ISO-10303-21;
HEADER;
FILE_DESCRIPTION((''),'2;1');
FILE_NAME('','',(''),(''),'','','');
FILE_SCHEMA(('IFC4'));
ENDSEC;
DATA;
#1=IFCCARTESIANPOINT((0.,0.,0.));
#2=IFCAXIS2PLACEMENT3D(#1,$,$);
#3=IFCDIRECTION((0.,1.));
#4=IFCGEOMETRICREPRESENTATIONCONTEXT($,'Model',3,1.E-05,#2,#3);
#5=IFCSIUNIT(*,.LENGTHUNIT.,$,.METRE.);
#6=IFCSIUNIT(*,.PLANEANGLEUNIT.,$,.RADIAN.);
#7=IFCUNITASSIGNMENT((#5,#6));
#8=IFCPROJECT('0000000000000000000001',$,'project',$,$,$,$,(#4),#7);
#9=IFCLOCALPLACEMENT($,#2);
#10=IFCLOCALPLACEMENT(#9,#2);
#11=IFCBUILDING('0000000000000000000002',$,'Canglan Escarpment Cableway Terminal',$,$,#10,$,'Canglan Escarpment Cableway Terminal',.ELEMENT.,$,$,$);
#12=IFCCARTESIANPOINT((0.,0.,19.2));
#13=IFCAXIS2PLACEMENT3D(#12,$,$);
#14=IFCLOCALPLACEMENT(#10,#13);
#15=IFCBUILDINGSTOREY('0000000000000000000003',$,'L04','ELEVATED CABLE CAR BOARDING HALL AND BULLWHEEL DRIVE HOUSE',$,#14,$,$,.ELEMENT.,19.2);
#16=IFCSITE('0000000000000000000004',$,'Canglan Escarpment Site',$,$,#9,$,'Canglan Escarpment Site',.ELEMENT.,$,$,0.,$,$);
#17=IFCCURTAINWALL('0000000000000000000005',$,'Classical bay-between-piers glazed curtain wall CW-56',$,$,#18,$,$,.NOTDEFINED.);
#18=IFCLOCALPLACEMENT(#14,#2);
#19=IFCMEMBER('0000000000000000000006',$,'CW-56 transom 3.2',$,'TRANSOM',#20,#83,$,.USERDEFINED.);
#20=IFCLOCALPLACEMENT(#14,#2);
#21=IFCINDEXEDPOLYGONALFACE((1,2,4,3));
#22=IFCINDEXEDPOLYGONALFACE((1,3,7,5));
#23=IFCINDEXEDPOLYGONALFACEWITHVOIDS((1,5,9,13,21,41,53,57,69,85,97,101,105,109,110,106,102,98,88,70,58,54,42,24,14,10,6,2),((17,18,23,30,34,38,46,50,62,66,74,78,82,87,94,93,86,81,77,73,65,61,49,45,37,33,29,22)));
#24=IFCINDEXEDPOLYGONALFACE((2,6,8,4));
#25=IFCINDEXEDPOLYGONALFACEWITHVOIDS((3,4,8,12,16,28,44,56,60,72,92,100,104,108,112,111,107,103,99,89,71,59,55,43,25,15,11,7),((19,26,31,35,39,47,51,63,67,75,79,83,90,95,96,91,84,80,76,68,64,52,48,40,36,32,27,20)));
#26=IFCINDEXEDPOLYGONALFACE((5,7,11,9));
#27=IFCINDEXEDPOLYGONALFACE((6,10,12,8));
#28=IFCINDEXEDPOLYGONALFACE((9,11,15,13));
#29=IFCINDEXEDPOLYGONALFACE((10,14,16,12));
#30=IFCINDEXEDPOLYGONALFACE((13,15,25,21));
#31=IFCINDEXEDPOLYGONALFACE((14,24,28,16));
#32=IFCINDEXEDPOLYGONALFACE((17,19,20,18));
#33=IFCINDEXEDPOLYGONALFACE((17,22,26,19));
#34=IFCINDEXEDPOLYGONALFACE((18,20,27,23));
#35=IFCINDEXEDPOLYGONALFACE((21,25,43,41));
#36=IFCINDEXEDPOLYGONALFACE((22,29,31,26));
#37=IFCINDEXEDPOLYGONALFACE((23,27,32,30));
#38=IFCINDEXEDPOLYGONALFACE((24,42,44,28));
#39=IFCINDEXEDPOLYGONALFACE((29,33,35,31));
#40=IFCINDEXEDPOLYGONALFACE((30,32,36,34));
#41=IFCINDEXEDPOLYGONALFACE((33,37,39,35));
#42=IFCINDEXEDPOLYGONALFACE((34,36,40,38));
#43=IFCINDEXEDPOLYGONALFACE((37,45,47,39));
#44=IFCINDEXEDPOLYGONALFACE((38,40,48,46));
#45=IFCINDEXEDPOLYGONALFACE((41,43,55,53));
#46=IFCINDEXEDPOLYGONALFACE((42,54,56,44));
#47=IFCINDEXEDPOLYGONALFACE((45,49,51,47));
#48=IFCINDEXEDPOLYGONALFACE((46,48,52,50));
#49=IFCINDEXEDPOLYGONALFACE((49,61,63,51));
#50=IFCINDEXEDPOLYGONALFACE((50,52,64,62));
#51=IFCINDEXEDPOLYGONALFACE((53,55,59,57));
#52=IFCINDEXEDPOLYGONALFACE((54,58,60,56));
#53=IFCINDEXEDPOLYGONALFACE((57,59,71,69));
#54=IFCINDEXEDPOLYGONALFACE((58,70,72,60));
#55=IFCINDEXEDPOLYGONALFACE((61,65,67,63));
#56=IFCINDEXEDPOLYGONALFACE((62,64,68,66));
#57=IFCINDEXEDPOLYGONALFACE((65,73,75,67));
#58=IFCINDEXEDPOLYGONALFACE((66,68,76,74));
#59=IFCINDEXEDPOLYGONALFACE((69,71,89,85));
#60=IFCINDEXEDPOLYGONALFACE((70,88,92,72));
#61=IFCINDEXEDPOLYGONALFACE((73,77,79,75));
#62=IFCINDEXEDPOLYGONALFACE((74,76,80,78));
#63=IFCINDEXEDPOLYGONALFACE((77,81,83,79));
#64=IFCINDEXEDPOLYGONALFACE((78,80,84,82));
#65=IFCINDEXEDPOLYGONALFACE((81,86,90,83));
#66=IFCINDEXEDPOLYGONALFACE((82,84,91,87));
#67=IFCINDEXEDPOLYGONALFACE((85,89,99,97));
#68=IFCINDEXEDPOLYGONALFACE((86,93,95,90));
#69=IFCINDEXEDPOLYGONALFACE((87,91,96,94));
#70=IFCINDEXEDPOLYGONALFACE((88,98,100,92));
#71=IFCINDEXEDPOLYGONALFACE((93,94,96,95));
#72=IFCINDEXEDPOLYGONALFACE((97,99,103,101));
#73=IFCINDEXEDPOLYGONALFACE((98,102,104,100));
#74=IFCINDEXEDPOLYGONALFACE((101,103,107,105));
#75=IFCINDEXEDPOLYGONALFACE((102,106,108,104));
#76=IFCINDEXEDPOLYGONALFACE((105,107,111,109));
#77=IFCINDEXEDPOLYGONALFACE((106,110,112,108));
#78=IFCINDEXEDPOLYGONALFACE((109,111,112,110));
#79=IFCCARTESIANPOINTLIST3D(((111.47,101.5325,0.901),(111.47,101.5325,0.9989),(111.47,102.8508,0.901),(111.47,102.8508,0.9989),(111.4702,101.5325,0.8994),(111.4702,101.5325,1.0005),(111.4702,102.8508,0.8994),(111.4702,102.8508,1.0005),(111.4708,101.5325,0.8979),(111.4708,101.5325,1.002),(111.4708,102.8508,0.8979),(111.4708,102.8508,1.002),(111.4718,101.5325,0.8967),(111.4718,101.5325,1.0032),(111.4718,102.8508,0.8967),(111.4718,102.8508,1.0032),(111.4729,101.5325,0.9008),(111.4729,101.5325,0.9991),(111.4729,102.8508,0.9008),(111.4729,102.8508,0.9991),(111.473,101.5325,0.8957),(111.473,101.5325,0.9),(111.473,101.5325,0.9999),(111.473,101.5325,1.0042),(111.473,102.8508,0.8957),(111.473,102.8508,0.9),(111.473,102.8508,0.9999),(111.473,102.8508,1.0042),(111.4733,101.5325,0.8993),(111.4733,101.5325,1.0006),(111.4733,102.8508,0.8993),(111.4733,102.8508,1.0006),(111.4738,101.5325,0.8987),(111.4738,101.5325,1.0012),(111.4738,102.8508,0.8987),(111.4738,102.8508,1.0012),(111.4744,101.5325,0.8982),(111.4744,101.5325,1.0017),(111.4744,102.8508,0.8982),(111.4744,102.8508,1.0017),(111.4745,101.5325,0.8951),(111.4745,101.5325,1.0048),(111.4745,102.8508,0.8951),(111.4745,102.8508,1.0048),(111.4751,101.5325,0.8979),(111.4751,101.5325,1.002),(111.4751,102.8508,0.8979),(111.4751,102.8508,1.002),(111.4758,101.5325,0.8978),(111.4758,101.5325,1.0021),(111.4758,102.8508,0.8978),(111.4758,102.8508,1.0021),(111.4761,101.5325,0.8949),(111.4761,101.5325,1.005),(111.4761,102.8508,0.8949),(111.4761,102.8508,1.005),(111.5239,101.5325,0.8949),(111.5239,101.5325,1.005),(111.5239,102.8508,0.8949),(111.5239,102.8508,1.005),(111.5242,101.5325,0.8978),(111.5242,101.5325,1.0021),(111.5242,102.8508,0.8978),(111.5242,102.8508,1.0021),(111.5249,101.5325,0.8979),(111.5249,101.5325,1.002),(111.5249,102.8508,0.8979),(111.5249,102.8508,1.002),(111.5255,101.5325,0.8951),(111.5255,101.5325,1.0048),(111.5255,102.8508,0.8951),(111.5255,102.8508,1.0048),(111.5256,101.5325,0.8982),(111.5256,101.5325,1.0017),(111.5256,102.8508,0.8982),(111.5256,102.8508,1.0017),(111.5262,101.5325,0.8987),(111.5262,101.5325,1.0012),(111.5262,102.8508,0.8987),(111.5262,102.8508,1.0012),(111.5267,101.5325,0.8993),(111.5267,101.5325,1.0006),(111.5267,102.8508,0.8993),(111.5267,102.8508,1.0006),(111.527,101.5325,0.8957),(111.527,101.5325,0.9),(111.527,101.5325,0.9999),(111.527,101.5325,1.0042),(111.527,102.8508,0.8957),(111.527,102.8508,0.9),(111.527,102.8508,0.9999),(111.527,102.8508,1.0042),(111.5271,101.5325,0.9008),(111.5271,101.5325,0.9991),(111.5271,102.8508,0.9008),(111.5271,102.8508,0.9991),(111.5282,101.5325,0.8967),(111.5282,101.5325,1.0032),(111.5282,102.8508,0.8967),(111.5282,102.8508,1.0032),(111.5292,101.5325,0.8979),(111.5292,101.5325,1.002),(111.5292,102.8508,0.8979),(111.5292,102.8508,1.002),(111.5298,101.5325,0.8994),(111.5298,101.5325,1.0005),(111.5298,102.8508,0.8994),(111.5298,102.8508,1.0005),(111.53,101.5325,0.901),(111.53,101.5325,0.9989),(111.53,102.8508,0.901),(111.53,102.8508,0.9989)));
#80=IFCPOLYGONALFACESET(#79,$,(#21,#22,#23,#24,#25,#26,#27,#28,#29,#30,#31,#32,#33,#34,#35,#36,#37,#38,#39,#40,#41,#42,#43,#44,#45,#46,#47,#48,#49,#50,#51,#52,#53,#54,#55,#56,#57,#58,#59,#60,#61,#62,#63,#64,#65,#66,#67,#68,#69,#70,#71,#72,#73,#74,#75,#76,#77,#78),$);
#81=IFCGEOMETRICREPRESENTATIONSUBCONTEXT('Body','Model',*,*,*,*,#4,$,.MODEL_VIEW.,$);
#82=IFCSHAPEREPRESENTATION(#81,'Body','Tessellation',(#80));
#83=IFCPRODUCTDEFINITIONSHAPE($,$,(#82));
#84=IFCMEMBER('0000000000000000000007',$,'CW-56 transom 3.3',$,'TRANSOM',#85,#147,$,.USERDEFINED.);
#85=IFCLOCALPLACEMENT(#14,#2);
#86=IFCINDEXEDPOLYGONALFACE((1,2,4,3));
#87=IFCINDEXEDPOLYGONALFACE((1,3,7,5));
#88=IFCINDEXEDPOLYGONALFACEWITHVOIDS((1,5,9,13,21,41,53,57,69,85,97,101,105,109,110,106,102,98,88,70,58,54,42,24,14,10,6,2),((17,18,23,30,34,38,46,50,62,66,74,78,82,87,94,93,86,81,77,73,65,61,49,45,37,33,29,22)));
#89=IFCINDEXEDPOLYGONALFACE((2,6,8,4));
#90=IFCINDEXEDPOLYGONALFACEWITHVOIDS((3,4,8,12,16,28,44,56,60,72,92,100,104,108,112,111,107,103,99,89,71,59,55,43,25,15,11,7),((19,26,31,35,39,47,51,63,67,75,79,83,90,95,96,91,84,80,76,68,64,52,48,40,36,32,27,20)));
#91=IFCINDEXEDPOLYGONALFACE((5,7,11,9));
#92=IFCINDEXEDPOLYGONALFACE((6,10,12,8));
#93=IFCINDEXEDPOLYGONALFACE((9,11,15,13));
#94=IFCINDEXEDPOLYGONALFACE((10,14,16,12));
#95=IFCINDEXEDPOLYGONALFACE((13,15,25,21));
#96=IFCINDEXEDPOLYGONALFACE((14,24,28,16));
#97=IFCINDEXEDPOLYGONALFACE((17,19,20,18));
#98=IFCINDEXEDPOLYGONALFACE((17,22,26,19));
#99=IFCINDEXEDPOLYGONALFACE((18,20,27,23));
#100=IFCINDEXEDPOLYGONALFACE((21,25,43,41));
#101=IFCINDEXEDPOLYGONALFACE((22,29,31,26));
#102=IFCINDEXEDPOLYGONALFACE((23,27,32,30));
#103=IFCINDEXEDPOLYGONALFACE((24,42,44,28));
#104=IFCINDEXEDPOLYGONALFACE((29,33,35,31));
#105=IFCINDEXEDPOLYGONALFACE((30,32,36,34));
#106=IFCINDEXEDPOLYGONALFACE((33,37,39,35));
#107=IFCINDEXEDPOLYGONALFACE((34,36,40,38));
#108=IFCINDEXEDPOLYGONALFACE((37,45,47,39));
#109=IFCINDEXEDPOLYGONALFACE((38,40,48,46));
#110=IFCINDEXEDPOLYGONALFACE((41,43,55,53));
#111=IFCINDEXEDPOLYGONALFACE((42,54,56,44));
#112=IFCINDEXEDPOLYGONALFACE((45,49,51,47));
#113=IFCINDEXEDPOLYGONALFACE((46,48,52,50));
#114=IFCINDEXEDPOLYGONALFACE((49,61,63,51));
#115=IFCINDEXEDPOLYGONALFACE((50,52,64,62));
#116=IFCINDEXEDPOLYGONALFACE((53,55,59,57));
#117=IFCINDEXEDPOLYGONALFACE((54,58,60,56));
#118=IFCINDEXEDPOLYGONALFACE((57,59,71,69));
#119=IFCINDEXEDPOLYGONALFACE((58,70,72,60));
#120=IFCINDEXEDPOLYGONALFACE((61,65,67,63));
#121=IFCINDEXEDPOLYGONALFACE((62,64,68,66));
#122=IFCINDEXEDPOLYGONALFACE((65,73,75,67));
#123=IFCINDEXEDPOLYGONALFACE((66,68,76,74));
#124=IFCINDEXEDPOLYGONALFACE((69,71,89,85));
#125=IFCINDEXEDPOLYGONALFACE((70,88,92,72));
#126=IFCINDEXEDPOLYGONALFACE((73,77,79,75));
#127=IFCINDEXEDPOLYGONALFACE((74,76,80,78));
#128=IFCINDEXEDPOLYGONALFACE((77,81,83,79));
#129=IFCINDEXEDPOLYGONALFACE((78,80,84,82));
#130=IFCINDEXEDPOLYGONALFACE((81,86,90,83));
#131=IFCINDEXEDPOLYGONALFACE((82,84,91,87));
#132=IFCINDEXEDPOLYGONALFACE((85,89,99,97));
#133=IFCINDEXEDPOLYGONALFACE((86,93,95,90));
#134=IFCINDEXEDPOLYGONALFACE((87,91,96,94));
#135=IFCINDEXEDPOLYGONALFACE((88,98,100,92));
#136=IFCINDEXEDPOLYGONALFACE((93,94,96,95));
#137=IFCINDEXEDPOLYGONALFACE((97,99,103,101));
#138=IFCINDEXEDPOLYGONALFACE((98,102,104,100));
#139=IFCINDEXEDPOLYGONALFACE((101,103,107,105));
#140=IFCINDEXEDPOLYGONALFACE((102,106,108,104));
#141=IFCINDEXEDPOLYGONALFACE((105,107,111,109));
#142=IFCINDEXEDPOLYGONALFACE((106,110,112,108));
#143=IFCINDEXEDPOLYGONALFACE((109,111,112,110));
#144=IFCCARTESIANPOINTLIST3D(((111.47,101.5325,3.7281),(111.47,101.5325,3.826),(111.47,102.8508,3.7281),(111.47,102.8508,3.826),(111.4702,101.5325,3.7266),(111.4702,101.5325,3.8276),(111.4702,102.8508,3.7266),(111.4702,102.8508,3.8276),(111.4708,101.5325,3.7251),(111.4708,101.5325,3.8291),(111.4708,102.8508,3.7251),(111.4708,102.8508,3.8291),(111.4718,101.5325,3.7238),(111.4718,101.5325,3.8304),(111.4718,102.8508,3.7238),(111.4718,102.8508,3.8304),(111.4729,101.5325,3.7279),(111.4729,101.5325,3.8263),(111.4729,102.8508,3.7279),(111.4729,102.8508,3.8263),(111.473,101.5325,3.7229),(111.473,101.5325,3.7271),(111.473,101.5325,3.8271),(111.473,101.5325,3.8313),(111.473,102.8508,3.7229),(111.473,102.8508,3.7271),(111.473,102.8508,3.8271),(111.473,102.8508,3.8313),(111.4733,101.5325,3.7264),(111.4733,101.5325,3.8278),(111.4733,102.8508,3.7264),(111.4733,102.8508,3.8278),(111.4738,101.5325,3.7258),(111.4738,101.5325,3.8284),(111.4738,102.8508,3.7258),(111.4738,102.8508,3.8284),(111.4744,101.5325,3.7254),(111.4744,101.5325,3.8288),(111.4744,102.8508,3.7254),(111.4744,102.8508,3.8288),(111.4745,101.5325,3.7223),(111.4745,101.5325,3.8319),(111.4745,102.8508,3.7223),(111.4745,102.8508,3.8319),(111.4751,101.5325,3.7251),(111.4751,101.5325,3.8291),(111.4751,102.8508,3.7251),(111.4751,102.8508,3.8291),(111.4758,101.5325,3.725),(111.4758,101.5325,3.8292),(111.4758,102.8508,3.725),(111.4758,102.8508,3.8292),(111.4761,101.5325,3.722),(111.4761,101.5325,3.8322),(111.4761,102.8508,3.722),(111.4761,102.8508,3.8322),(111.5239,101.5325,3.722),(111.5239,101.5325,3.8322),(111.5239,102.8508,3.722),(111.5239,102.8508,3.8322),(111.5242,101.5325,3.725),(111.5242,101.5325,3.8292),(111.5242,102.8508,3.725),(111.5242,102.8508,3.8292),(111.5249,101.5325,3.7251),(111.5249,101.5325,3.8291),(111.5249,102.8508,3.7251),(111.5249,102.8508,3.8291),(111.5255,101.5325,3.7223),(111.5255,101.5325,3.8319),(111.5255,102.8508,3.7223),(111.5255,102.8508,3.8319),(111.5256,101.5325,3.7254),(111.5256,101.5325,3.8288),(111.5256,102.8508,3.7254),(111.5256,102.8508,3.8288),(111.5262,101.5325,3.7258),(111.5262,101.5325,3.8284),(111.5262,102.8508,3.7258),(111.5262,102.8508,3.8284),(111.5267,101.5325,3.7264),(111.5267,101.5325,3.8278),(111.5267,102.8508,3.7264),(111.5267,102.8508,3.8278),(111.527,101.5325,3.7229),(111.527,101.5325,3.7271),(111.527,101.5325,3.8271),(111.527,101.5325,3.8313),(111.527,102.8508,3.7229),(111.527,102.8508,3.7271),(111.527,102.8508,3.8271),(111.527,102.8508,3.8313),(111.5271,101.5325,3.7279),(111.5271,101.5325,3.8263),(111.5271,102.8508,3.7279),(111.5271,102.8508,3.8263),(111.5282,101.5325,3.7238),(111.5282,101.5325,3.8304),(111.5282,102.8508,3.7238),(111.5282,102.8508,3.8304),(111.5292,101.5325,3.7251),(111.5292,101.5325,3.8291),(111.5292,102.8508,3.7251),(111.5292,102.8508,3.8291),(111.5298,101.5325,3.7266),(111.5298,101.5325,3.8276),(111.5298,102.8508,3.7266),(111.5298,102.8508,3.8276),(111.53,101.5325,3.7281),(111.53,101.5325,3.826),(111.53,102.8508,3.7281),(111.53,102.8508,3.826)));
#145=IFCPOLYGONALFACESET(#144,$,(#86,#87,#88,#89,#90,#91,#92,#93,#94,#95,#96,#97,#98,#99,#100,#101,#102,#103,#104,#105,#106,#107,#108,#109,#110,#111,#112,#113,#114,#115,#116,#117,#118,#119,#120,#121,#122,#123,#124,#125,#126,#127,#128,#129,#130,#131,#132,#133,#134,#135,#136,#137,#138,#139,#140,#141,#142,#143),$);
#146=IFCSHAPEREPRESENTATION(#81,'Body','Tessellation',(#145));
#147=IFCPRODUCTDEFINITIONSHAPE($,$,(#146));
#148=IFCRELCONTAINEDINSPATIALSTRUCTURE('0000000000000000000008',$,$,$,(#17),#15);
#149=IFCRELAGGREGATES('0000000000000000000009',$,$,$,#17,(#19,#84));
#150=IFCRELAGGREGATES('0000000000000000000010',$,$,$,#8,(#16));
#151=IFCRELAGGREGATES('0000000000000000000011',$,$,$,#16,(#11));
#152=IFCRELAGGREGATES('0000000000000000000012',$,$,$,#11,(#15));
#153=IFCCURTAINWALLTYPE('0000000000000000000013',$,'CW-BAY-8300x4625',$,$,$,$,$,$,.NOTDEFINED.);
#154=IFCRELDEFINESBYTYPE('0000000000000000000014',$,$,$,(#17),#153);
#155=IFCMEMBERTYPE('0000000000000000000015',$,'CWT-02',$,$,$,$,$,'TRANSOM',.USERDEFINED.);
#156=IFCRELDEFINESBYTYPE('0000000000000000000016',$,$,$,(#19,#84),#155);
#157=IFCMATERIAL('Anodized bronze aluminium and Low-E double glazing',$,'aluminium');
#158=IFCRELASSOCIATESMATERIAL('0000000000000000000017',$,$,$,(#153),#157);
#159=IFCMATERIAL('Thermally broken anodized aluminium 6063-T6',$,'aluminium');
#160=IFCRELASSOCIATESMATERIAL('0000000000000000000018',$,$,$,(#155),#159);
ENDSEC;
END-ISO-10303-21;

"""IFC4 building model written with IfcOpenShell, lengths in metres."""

from ifc_helpers import new_model, si_unit, direction, frame, origin, origin_2d, place, context, subcontext, project, spatial, hollow_rectangle, extrude, material, material_profile, profile_set, type_object, element, aggregate, save


model = new_model("IFC4")

# Units and contexts
model_context = context("Model", 3, precision=1e-05, world=origin(), true_north=direction((0.0, 1.0)))
body_context = subcontext(model_context, "Body", "Model", "MODEL_VIEW")
ifc_project = project(units=[si_unit("LENGTHUNIT", "METRE"), si_unit("PLANEANGLEUNIT", "RADIAN")], contexts=[model_context])

# Site, building, storey
site_placement = place(None, origin())
site = spatial("IfcSite", under=ifc_project, at=site_placement, Name="Canglan Escarpment Site", LongName="Canglan Escarpment Site", CompositionType="ELEMENT", RefElevation=0.0)
building_placement = place(site_placement, origin())
building = spatial("IfcBuilding", under=site, at=building_placement, Name="Canglan Escarpment Cableway Terminal", LongName="Canglan Escarpment Cableway Terminal", CompositionType="ELEMENT")
storey_placement = place(building_placement, frame((0.0, 0.0, 19.2)))
storey = spatial("IfcBuildingStorey", under=building, at=storey_placement, Name="L04", Description="ELEVATED CABLE CAR BOARDING HALL AND BULLWHEEL DRIVE HOUSE", CompositionType="ELEMENT", Elevation=19.2)

# Curtain wall, members
ifc_material_1 = material(Name="Anodized bronze aluminium and Low-E double glazing", Category="aluminium")
curtain_wall_type = type_object("IfcCurtainWallType", Name="CW-BAY-8300x4625", PredefinedType="NOTDEFINED", material=ifc_material_1)
curtain_wall_placement = place(storey_placement, origin())
curtain_wall = element("IfcCurtainWall", 1, at=curtain_wall_placement, inside=storey, type_object=curtain_wall_type, Name="Classical bay-between-piers glazed curtain wall CW-56", PredefinedType="NOTDEFINED")
ifc_material_2 = material(Name="Thermally broken anodized aluminium 6063-T6", Category="aluminium")
ifc_material_profile_1 = material_profile(ifc_material_2, hollow_rectangle(XDim=0.0601, YDim=0.1101, WallThickness=0.0029, InnerFilletRadius=0.0029, OuterFilletRadius=0.0061, at=origin_2d()), Name="ALU-TRAN 60x110x3")
ifc_profile_set_1 = profile_set([ifc_material_profile_1], Name="Thermally broken anodized aluminium 6063-T6")
member_type_1 = type_object("IfcMemberType", Name="CWT-02", ElementType="TRANSOM", PredefinedType="USERDEFINED", material=ifc_profile_set_1)
member_1_placement = place(storey_placement, frame((111.5, 102.8508, 0.95), z_axis=(0.0, -1.0, 0.0), x_axis=(1.0, 0.0, 0.0)))
member_1 = element("IfcMember", 2, at=member_1_placement, type_object=member_type_1, Name="CW-56 transom 3.2", ObjectType="TRANSOM", PredefinedType="USERDEFINED", context=body_context, shape_type="SweptSolid", body=[
    extrude(hollow_rectangle(XDim=0.0601, YDim=0.1101, WallThickness=0.0029, InnerFilletRadius=0.0029, OuterFilletRadius=0.0061, at=origin_2d()), origin(), (0.0, 0.0, 1.0), 1.3184),
])
member_2_placement = place(storey_placement, frame((111.5, 102.8508, 3.7771), z_axis=(0.0, -1.0, 0.0), x_axis=(1.0, 0.0, 0.0)))
member_2 = element("IfcMember", 3, at=member_2_placement, type_object=member_type_1, Name="CW-56 transom 3.3", ObjectType="TRANSOM", PredefinedType="USERDEFINED", context=body_context, shape_type="SweptSolid", body=[
    extrude(hollow_rectangle(XDim=0.0601, YDim=0.1101, WallThickness=0.0029, InnerFilletRadius=0.0029, OuterFilletRadius=0.0061, at=origin_2d()), origin(), (0.0, 0.0, 1.0), 1.3184),
])
aggregate(curtain_wall, [member_1, member_2])

save(model, "model.ifc")
